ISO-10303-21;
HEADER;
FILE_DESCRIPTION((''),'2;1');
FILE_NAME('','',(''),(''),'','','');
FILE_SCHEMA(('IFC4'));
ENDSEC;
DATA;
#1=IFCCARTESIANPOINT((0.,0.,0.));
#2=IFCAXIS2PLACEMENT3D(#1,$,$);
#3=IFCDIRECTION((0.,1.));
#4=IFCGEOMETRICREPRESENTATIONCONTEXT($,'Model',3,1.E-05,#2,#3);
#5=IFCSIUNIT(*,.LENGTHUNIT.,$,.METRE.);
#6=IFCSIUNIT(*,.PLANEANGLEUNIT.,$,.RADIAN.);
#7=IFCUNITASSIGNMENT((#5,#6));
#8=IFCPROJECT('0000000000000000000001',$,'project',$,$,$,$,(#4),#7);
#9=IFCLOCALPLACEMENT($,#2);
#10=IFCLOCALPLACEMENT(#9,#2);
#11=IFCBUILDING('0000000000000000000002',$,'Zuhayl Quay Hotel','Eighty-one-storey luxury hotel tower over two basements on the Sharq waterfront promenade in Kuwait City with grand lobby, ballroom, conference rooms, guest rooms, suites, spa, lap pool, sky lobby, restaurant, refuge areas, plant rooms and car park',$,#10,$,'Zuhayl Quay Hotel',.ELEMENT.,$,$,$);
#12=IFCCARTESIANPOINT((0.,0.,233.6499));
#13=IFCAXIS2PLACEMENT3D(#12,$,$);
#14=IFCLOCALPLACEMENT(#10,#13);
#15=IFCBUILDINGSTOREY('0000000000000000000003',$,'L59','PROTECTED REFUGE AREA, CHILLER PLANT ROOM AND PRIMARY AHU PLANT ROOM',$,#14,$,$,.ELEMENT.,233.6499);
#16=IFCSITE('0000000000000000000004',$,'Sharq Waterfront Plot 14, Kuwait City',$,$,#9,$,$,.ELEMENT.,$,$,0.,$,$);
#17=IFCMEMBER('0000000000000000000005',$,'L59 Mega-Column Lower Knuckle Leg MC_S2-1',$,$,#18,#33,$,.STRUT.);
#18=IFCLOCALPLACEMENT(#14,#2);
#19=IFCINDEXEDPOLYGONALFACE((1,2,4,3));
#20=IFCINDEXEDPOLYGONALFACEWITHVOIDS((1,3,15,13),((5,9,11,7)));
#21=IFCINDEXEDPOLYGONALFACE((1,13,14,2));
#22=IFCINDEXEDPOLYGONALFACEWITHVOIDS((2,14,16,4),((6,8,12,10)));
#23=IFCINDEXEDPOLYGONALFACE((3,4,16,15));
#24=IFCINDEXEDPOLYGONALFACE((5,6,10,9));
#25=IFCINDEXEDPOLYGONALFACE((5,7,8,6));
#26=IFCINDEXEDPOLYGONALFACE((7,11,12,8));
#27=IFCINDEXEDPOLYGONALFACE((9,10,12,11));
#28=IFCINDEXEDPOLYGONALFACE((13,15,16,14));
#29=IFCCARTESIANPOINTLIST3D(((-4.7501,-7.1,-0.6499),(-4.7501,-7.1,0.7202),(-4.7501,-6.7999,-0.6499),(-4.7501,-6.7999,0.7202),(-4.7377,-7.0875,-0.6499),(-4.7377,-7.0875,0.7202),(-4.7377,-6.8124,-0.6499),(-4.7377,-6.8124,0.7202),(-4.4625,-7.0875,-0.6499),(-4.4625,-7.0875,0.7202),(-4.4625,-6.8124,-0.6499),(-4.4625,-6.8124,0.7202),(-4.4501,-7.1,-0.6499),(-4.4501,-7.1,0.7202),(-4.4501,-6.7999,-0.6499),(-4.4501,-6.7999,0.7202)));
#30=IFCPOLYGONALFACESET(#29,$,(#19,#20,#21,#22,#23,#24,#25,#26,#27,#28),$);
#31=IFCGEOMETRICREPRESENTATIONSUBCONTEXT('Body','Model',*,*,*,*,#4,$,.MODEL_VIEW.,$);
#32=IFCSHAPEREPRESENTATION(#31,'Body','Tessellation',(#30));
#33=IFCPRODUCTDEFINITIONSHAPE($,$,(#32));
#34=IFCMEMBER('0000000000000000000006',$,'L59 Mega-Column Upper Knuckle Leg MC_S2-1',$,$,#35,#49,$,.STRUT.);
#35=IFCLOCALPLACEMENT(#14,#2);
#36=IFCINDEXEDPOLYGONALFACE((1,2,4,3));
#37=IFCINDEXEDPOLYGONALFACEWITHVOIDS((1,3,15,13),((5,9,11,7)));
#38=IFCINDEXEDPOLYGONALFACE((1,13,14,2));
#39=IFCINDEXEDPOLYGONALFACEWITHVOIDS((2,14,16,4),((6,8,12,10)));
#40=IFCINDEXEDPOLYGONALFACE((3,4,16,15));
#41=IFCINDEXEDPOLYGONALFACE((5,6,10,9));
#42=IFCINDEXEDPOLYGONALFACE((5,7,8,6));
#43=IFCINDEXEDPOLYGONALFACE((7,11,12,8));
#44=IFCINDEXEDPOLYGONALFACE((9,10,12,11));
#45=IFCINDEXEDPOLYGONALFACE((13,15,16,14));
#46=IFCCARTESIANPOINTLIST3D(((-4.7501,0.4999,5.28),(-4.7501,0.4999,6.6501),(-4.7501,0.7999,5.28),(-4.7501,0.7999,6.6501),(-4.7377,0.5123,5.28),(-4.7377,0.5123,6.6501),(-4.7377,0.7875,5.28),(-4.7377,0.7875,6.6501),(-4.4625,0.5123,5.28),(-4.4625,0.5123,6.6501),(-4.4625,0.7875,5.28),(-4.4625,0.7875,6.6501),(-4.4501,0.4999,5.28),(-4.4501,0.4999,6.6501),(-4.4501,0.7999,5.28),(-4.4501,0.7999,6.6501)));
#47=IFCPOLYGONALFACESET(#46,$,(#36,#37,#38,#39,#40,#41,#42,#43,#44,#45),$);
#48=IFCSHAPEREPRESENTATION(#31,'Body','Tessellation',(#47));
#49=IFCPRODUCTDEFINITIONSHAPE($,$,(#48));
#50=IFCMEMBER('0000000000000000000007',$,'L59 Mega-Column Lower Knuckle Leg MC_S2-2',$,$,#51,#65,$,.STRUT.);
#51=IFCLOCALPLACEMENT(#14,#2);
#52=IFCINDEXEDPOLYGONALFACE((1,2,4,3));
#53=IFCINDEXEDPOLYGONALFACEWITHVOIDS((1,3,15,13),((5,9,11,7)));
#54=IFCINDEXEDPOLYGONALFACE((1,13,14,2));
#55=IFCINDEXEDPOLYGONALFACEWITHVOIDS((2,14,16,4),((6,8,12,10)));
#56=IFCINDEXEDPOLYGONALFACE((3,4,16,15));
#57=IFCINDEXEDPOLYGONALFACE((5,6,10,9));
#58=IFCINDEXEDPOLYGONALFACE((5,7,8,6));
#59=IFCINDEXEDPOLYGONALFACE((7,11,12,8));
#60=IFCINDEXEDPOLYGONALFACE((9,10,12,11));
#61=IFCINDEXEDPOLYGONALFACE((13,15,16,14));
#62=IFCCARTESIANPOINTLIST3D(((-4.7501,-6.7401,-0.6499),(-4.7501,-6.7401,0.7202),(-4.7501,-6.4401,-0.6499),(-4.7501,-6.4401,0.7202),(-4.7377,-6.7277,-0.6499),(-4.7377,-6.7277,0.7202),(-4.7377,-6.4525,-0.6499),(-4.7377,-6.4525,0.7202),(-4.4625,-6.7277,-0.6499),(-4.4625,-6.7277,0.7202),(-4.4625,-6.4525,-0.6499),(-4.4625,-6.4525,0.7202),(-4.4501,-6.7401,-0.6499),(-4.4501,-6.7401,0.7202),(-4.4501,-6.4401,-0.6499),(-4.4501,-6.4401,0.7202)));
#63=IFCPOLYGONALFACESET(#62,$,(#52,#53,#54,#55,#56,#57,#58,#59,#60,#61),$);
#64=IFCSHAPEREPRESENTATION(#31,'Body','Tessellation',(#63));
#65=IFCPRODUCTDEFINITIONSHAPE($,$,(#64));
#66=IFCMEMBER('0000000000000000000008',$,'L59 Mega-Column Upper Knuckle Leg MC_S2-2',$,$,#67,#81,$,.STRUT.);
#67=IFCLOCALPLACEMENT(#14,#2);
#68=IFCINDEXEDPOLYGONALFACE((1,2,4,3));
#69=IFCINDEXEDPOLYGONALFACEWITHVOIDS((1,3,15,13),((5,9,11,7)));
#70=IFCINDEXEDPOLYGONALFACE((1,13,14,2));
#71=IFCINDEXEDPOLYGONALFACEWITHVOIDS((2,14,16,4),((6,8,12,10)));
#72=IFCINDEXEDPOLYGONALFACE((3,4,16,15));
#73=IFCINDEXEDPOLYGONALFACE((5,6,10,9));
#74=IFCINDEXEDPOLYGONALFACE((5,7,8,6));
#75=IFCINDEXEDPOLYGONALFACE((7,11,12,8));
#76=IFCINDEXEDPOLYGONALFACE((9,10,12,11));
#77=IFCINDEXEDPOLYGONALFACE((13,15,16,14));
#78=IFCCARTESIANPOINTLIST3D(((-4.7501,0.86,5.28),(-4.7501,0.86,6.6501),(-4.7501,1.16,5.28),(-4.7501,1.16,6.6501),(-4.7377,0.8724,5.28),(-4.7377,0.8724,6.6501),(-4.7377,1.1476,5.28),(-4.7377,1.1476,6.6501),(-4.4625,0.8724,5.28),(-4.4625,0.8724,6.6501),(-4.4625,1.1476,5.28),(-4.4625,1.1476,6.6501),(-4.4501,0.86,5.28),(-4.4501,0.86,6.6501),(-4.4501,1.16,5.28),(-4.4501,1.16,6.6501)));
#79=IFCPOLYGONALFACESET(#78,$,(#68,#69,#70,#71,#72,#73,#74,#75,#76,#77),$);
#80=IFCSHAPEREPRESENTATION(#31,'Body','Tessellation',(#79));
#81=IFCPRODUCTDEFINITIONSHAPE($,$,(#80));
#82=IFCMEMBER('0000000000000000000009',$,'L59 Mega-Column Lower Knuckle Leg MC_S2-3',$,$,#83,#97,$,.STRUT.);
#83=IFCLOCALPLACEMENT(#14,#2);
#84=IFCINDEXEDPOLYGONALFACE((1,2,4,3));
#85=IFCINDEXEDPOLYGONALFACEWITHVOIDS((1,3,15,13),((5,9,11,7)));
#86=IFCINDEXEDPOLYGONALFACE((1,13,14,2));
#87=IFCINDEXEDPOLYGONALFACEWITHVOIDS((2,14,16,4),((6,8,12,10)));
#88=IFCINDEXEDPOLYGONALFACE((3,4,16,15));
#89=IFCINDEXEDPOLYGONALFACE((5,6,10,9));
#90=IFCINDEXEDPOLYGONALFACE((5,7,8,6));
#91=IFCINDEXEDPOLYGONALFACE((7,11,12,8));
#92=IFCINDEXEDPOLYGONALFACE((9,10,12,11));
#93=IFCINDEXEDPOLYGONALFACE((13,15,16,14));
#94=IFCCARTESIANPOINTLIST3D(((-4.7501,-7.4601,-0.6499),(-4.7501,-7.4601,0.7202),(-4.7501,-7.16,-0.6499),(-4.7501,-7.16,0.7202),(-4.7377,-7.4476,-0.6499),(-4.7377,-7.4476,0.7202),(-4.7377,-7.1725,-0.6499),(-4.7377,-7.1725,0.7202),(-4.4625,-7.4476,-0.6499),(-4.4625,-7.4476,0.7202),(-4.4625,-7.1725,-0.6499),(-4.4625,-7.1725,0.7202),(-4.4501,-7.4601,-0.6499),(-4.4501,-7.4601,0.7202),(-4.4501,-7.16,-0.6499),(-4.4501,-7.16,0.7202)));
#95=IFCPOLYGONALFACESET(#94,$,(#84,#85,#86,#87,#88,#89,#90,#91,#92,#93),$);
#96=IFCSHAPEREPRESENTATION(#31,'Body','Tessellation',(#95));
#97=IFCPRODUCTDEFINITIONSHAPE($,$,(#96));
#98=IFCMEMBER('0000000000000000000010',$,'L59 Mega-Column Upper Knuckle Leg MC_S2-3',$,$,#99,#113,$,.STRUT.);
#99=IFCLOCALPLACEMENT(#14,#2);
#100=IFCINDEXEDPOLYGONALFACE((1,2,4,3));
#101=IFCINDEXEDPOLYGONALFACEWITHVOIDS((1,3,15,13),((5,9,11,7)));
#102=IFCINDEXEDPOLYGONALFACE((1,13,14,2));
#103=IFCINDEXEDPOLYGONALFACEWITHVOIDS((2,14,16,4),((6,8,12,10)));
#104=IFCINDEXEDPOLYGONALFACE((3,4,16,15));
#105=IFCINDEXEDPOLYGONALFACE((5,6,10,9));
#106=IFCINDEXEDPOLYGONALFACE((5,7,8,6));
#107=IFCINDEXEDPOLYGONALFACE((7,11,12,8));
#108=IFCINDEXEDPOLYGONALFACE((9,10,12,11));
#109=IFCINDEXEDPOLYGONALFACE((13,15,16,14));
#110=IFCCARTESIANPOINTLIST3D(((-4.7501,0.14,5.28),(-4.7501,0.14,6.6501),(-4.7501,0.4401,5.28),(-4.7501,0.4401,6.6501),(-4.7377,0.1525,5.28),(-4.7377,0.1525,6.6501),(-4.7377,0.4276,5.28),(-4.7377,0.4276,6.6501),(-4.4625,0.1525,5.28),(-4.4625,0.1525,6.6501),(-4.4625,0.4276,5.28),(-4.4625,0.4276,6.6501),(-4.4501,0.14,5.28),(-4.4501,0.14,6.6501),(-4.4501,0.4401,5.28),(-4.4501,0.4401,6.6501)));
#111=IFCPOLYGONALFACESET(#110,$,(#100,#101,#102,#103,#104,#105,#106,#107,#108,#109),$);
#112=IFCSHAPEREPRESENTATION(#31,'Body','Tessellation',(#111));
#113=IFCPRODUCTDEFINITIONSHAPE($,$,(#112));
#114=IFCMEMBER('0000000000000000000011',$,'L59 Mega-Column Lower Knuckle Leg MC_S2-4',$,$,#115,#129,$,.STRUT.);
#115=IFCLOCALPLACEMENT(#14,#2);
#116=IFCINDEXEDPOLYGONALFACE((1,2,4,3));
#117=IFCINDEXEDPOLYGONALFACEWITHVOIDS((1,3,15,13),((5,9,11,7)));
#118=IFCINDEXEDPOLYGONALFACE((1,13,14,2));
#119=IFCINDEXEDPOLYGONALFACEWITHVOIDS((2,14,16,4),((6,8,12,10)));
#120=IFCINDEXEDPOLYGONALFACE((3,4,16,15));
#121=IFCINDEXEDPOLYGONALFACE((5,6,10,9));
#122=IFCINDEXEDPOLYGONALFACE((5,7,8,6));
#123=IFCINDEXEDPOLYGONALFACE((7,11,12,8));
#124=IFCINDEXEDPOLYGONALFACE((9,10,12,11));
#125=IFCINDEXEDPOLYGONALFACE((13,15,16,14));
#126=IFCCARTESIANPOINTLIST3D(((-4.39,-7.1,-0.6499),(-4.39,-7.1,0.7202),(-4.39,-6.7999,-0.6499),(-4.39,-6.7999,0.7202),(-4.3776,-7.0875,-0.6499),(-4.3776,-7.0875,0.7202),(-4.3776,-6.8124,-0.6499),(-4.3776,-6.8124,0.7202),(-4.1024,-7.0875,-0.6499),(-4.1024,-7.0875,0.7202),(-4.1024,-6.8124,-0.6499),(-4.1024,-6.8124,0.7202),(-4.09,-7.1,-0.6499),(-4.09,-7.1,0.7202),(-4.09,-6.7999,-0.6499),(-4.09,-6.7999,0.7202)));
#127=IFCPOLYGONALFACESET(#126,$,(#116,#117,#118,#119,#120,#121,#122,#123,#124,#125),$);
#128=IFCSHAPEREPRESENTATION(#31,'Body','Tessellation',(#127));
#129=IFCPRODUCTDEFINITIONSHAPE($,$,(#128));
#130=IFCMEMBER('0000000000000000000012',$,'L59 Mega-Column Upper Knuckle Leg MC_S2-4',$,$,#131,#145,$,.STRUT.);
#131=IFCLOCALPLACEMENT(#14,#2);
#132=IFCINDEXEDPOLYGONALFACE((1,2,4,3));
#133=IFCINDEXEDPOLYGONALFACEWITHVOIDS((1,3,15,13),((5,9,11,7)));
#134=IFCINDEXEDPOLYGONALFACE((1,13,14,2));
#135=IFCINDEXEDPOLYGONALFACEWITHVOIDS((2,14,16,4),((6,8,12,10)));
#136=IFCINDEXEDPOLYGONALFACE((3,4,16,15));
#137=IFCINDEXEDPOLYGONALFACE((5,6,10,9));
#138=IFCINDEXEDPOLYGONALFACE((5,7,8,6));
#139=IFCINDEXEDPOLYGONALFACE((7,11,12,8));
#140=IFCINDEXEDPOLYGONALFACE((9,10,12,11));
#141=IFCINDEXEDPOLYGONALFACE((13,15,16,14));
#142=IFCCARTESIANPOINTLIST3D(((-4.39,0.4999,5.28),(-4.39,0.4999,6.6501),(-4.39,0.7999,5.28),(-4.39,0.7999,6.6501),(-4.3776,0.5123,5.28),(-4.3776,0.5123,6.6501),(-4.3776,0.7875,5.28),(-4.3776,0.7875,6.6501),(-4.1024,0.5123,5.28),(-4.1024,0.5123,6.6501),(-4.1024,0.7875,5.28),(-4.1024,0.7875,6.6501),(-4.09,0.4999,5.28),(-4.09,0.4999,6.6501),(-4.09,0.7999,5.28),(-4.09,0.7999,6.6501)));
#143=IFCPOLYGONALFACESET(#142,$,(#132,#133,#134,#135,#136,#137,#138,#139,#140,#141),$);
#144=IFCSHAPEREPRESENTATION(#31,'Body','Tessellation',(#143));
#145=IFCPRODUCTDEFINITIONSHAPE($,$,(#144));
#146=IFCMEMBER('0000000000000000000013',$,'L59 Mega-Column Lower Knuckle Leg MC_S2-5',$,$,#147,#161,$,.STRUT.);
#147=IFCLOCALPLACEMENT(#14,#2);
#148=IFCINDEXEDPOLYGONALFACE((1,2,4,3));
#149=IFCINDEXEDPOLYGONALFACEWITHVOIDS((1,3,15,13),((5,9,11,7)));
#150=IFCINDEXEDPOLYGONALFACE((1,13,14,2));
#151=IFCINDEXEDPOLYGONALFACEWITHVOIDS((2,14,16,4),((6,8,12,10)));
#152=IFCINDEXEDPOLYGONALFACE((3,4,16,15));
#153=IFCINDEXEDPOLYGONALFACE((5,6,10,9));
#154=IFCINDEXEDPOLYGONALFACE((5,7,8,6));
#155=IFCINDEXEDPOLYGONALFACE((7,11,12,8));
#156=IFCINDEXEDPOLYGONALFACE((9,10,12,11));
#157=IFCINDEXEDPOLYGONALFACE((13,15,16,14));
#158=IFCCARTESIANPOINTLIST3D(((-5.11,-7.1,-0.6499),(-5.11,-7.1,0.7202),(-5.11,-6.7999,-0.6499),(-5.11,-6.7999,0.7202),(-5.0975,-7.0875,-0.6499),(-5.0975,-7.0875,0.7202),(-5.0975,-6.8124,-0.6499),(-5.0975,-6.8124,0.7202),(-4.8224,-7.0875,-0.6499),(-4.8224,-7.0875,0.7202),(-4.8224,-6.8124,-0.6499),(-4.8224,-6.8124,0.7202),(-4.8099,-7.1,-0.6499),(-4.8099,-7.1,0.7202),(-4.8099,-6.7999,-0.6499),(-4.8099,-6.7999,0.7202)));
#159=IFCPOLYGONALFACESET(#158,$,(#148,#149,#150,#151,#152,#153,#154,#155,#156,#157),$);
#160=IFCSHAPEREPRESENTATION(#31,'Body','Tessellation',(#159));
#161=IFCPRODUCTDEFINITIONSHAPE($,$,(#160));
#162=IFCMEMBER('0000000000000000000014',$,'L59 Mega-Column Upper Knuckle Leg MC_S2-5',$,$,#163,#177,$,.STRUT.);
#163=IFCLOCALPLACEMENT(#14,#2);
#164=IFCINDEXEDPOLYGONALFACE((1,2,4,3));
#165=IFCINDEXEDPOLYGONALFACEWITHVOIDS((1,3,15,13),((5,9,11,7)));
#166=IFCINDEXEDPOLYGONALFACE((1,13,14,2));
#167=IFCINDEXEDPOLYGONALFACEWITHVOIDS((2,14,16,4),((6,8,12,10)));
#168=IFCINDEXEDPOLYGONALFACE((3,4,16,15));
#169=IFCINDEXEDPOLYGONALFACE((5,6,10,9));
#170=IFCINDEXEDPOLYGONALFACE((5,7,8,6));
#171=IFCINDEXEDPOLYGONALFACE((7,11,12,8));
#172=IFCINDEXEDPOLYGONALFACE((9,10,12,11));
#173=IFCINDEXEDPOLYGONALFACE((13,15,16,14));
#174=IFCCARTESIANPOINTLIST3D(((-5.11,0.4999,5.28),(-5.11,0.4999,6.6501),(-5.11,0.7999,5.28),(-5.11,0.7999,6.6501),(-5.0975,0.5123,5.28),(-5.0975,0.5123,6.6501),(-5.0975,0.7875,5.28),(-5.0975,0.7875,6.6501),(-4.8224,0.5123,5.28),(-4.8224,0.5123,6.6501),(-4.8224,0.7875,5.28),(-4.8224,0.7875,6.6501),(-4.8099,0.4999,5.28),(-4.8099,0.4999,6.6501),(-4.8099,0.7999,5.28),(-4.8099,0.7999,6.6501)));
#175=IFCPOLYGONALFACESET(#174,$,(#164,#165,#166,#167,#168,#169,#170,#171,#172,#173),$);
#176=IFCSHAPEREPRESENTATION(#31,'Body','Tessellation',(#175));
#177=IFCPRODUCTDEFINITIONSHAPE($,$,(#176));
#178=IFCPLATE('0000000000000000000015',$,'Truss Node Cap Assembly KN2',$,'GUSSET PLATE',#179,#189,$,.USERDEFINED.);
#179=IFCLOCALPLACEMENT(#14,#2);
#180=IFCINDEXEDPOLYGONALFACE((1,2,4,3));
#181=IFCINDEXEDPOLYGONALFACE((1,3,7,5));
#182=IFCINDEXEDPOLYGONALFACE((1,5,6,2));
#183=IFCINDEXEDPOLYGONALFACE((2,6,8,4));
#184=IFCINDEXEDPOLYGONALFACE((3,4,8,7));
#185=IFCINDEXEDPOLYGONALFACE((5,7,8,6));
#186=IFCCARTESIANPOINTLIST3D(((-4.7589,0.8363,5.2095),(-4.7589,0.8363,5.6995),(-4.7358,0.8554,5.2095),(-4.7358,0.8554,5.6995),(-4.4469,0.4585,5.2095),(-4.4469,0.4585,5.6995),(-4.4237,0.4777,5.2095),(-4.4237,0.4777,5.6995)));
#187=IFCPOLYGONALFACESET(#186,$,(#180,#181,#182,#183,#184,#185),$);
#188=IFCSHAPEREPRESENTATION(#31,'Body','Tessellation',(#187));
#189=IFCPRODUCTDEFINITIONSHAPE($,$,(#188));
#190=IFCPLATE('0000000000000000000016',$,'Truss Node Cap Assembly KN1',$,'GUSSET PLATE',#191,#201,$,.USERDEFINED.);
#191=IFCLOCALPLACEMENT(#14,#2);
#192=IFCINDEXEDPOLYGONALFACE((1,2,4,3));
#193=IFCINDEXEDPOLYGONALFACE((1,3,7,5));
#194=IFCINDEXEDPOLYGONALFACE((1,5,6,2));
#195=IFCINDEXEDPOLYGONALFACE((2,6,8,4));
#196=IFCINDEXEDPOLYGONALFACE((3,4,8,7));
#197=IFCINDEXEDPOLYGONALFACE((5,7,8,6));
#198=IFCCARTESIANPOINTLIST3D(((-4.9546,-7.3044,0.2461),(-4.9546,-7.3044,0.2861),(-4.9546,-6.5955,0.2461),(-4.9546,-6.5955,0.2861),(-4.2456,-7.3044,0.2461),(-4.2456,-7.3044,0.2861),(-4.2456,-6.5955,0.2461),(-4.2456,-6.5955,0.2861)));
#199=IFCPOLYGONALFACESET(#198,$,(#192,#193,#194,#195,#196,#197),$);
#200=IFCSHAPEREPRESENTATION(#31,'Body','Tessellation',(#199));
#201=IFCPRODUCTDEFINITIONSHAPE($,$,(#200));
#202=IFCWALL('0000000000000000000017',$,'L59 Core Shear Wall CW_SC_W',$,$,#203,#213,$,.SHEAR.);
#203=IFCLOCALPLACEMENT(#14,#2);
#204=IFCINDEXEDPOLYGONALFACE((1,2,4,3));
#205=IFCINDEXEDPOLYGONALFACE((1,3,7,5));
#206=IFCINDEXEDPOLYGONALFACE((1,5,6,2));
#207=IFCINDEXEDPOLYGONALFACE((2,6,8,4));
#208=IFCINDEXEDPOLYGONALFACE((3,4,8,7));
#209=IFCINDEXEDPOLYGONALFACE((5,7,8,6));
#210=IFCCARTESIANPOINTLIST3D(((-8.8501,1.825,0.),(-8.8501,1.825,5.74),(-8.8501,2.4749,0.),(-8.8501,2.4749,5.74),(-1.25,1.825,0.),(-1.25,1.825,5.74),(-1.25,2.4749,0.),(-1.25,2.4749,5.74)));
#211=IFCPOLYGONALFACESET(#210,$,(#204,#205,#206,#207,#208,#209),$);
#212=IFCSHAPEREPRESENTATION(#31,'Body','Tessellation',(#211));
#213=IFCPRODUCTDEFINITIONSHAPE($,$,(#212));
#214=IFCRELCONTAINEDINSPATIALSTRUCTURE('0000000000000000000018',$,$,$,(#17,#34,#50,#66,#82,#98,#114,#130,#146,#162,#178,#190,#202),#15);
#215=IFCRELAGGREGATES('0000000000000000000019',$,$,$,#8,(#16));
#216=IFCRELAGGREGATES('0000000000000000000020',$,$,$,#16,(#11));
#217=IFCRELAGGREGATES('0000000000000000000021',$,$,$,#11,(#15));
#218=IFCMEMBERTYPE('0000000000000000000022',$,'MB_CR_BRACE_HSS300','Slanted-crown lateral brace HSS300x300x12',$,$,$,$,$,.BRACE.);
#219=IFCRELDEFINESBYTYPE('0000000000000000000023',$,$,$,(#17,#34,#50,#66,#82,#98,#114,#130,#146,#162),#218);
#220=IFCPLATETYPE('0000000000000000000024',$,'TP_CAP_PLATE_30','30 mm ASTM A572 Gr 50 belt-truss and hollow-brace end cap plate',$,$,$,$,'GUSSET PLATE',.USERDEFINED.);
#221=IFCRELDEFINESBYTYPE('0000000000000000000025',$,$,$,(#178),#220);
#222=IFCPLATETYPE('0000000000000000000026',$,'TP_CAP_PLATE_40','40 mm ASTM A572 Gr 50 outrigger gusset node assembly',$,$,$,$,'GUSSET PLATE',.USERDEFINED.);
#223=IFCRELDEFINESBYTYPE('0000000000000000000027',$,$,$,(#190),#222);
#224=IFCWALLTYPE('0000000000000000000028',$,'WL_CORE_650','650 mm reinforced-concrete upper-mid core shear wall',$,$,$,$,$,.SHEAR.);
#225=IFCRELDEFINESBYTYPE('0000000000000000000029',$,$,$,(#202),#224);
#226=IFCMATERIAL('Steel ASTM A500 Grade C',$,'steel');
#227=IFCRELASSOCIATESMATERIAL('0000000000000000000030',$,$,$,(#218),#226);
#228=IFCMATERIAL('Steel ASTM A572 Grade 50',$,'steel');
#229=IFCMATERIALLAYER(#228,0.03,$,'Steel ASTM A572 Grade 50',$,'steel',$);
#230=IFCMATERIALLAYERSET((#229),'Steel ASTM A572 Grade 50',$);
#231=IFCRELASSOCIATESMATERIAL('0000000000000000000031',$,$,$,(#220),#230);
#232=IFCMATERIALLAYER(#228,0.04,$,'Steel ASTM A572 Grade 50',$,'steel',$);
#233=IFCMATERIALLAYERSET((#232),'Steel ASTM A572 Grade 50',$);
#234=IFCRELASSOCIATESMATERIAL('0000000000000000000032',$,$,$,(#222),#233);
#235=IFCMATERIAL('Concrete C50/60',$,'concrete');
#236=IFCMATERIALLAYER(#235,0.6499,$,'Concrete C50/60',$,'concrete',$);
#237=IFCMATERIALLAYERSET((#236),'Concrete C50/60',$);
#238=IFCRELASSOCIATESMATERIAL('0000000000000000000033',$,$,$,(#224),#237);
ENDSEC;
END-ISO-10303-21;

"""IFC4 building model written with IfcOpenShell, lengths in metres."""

from ifc_helpers import new_model, si_unit, direction, frame, frame_2d, origin, origin_2d, place, context, subcontext, project, spatial, rectangle, hollow_rectangle, extrude, material, layer, layer_set, material_profile, profile_set, type_object, element, save


model = new_model("IFC4")

# Units and contexts
model_context = context("Model", 3, precision=1e-05, world=origin(), true_north=direction((0.0, 1.0)))
body_context = subcontext(model_context, "Body", "Model", "MODEL_VIEW")
ifc_project = project(units=[si_unit("LENGTHUNIT", "METRE"), si_unit("PLANEANGLEUNIT", "RADIAN")], contexts=[model_context])

# Site, building, storey
site_placement = place(None, origin())
site = spatial("IfcSite", under=ifc_project, at=site_placement, Name="Sharq Waterfront Plot 14, Kuwait City", CompositionType="ELEMENT", RefElevation=0.0)
building_placement = place(site_placement, origin())
building = spatial("IfcBuilding", under=site, at=building_placement, Name="Zuhayl Quay Hotel", Description="Eighty-one-storey luxury hotel tower over two basements on the Sharq waterfront promenade in Kuwait City with grand lobby, ballroom, conference rooms, guest rooms, suites, spa, lap pool, sky lobby, restaurant, refuge areas, plant rooms and car park", LongName="Zuhayl Quay Hotel", CompositionType="ELEMENT")
storey_placement = place(building_placement, frame((0.0, 0.0, 233.6499)))
storey = spatial("IfcBuildingStorey", under=building, at=storey_placement, Name="L59", Description="PROTECTED REFUGE AREA, CHILLER PLANT ROOM AND PRIMARY AHU PLANT ROOM", CompositionType="ELEMENT", Elevation=233.6499)

# Members
ifc_material_1 = material(Name="Steel ASTM A500 Grade C", Category="steel")
ifc_material_profile_1 = material_profile(ifc_material_1, hollow_rectangle(XDim=0.3, YDim=0.3, WallThickness=0.0125, at=origin_2d()), Name="HSS300X300X12")
ifc_profile_set_1 = profile_set([ifc_material_profile_1], Name="Steel ASTM A500 Grade C")
member_type_1 = type_object("IfcMemberType", Name="MB_CR_BRACE_HSS300", Description="Slanted-crown lateral brace HSS300x300x12", PredefinedType="BRACE", material=ifc_profile_set_1)
for number, where, z_axis, x_axis, name in (
    (1, (-4.6001, -6.95, -0.6499), (0.0, 0.0, 1.0), (1.0, 0.0, 0.0), "L59 Mega-Column Lower Knuckle Leg MC_S2-1"),
    (2, (-4.6001, 0.6499, 5.28), (0.0, 0.0, 1.0), (1.0, 0.0, 0.0), "L59 Mega-Column Upper Knuckle Leg MC_S2-1"),
    (3, (-4.6001, -6.5901, -0.6499), (0.0, 0.0, 1.0), (1.0, 0.0, 0.0), "L59 Mega-Column Lower Knuckle Leg MC_S2-2"),
    (4, (-4.6001, 1.01, 5.28), (0.0, 0.0, 1.0), (1.0, 0.0, 0.0), "L59 Mega-Column Upper Knuckle Leg MC_S2-2"),
    (5, (-4.6001, -7.3101, -0.6499), (0.0, 0.0, 1.0), (1.0, 0.0, 0.0), "L59 Mega-Column Lower Knuckle Leg MC_S2-3"),
    (6, (-4.6001, 0.29, 5.28), (0.0, 0.0, 1.0), (1.0, 0.0, 0.0), "L59 Mega-Column Upper Knuckle Leg MC_S2-3"),
    (7, (-4.24, -6.95, -0.6499), (0.0, 0.0, 1.0), (1.0, 0.0, 0.0), "L59 Mega-Column Lower Knuckle Leg MC_S2-4"),
    (8, (-4.24, 0.6499, 5.28), (0.0, 0.0, 1.0), (1.0, 0.0, 0.0), "L59 Mega-Column Upper Knuckle Leg MC_S2-4"),
    (9, (-4.96, -6.95, -0.6499), (0.0, 0.0, 1.0), (1.0, 0.0, 0.0), "L59 Mega-Column Lower Knuckle Leg MC_S2-5"),
    (10, (-4.96, 0.6499, 5.28), (0.0, 0.0, 1.0), (1.0, 0.0, 0.0), "L59 Mega-Column Upper Knuckle Leg MC_S2-5"),
):
    element("IfcMember", number, at=place(storey_placement, frame(where, z_axis=z_axis, x_axis=x_axis)), inside=storey, type_object=member_type_1, Name=name, PredefinedType="STRUT", context=body_context, shape_type="SweptSolid", body=[
        extrude(hollow_rectangle(XDim=0.3, YDim=0.3, WallThickness=0.0125, at=origin_2d()), origin(), (0.0, 0.0, 1.0), 1.3701),
    ])

# Plates
ifc_material_2 = material(Name="Steel ASTM A572 Grade 50", Category="steel")
ifc_layer_1 = layer(ifc_material_2, 0.03, Name="Steel ASTM A572 Grade 50", Category="steel")
ifc_layer_set_1 = layer_set([ifc_layer_1], Name="Steel ASTM A572 Grade 50")
plate_type_1 = type_object("IfcPlateType", Name="TP_CAP_PLATE_30", Description="30 mm ASTM A572 Gr 50 belt-truss and hollow-brace end cap plate", ElementType="GUSSET PLATE", PredefinedType="USERDEFINED", material=ifc_layer_set_1)
plate_1_placement = place(storey_placement, frame((-4.5913, 0.657, 5.2095), z_axis=(0.0, 0.0, 1.0), x_axis=(0.770958, 0.636886, 0.0)))
element("IfcPlate", 11, at=plate_1_placement, inside=storey, type_object=plate_type_1, Name="Truss Node Cap Assembly KN2", ObjectType="GUSSET PLATE", PredefinedType="USERDEFINED", context=body_context, shape_type="SweptSolid", body=[
    extrude(rectangle(XDim=0.03, YDim=0.49, at=origin_2d()), origin(), (0.0, 0.0, 1.0), 0.49),
])
ifc_layer_2 = layer(ifc_material_2, 0.04, Name="Steel ASTM A572 Grade 50", Category="steel")
ifc_layer_set_2 = layer_set([ifc_layer_2], Name="Steel ASTM A572 Grade 50")
plate_type_2 = type_object("IfcPlateType", Name="TP_CAP_PLATE_40", Description="40 mm ASTM A572 Gr 50 outrigger gusset node assembly", ElementType="GUSSET PLATE", PredefinedType="USERDEFINED", material=ifc_layer_set_2)
plate_2_placement = place(storey_placement, frame((-4.6001, -6.95, 0.2461), z_axis=(0.0, 0.0, 1.0), x_axis=(1.0, 0.0, 0.0)))
element("IfcPlate", 12, at=plate_2_placement, inside=storey, type_object=plate_type_2, Name="Truss Node Cap Assembly KN1", ObjectType="GUSSET PLATE", PredefinedType="USERDEFINED", context=body_context, shape_type="SweptSolid", body=[
    extrude(rectangle(XDim=0.709, YDim=0.709, at=origin_2d()), origin(), (0.0, 0.0, 1.0), 0.04),
])

# Wall
ifc_material_3 = material(Name="Concrete C50/60", Category="concrete")
ifc_layer_3 = layer(ifc_material_3, 0.6499, Name="Concrete C50/60", Category="concrete")
ifc_layer_set_3 = layer_set([ifc_layer_3], Name="Concrete C50/60")
wall_type_1 = type_object("IfcWallType", Name="WL_CORE_650", Description="650 mm reinforced-concrete upper-mid core shear wall", PredefinedType="SHEAR", material=ifc_layer_set_3)
wall_1_placement = place(storey_placement, frame((-8.8501, 2.1499, 0.0), z_axis=(0.0, 0.0, 1.0), x_axis=(1.0, 0.0, 0.0)))
element("IfcWall", 13, at=wall_1_placement, inside=storey, type_object=wall_type_1, Name="L59 Core Shear Wall CW_SC_W", PredefinedType="SHEAR", context=body_context, shape_type="SweptSolid", body=[
    extrude(rectangle(XDim=7.6001, YDim=0.6499, at=frame_2d((3.8, 0.0))), origin(), (0.0, 0.0, 1.0), 5.74),
])

save(model, "model.ifc")
